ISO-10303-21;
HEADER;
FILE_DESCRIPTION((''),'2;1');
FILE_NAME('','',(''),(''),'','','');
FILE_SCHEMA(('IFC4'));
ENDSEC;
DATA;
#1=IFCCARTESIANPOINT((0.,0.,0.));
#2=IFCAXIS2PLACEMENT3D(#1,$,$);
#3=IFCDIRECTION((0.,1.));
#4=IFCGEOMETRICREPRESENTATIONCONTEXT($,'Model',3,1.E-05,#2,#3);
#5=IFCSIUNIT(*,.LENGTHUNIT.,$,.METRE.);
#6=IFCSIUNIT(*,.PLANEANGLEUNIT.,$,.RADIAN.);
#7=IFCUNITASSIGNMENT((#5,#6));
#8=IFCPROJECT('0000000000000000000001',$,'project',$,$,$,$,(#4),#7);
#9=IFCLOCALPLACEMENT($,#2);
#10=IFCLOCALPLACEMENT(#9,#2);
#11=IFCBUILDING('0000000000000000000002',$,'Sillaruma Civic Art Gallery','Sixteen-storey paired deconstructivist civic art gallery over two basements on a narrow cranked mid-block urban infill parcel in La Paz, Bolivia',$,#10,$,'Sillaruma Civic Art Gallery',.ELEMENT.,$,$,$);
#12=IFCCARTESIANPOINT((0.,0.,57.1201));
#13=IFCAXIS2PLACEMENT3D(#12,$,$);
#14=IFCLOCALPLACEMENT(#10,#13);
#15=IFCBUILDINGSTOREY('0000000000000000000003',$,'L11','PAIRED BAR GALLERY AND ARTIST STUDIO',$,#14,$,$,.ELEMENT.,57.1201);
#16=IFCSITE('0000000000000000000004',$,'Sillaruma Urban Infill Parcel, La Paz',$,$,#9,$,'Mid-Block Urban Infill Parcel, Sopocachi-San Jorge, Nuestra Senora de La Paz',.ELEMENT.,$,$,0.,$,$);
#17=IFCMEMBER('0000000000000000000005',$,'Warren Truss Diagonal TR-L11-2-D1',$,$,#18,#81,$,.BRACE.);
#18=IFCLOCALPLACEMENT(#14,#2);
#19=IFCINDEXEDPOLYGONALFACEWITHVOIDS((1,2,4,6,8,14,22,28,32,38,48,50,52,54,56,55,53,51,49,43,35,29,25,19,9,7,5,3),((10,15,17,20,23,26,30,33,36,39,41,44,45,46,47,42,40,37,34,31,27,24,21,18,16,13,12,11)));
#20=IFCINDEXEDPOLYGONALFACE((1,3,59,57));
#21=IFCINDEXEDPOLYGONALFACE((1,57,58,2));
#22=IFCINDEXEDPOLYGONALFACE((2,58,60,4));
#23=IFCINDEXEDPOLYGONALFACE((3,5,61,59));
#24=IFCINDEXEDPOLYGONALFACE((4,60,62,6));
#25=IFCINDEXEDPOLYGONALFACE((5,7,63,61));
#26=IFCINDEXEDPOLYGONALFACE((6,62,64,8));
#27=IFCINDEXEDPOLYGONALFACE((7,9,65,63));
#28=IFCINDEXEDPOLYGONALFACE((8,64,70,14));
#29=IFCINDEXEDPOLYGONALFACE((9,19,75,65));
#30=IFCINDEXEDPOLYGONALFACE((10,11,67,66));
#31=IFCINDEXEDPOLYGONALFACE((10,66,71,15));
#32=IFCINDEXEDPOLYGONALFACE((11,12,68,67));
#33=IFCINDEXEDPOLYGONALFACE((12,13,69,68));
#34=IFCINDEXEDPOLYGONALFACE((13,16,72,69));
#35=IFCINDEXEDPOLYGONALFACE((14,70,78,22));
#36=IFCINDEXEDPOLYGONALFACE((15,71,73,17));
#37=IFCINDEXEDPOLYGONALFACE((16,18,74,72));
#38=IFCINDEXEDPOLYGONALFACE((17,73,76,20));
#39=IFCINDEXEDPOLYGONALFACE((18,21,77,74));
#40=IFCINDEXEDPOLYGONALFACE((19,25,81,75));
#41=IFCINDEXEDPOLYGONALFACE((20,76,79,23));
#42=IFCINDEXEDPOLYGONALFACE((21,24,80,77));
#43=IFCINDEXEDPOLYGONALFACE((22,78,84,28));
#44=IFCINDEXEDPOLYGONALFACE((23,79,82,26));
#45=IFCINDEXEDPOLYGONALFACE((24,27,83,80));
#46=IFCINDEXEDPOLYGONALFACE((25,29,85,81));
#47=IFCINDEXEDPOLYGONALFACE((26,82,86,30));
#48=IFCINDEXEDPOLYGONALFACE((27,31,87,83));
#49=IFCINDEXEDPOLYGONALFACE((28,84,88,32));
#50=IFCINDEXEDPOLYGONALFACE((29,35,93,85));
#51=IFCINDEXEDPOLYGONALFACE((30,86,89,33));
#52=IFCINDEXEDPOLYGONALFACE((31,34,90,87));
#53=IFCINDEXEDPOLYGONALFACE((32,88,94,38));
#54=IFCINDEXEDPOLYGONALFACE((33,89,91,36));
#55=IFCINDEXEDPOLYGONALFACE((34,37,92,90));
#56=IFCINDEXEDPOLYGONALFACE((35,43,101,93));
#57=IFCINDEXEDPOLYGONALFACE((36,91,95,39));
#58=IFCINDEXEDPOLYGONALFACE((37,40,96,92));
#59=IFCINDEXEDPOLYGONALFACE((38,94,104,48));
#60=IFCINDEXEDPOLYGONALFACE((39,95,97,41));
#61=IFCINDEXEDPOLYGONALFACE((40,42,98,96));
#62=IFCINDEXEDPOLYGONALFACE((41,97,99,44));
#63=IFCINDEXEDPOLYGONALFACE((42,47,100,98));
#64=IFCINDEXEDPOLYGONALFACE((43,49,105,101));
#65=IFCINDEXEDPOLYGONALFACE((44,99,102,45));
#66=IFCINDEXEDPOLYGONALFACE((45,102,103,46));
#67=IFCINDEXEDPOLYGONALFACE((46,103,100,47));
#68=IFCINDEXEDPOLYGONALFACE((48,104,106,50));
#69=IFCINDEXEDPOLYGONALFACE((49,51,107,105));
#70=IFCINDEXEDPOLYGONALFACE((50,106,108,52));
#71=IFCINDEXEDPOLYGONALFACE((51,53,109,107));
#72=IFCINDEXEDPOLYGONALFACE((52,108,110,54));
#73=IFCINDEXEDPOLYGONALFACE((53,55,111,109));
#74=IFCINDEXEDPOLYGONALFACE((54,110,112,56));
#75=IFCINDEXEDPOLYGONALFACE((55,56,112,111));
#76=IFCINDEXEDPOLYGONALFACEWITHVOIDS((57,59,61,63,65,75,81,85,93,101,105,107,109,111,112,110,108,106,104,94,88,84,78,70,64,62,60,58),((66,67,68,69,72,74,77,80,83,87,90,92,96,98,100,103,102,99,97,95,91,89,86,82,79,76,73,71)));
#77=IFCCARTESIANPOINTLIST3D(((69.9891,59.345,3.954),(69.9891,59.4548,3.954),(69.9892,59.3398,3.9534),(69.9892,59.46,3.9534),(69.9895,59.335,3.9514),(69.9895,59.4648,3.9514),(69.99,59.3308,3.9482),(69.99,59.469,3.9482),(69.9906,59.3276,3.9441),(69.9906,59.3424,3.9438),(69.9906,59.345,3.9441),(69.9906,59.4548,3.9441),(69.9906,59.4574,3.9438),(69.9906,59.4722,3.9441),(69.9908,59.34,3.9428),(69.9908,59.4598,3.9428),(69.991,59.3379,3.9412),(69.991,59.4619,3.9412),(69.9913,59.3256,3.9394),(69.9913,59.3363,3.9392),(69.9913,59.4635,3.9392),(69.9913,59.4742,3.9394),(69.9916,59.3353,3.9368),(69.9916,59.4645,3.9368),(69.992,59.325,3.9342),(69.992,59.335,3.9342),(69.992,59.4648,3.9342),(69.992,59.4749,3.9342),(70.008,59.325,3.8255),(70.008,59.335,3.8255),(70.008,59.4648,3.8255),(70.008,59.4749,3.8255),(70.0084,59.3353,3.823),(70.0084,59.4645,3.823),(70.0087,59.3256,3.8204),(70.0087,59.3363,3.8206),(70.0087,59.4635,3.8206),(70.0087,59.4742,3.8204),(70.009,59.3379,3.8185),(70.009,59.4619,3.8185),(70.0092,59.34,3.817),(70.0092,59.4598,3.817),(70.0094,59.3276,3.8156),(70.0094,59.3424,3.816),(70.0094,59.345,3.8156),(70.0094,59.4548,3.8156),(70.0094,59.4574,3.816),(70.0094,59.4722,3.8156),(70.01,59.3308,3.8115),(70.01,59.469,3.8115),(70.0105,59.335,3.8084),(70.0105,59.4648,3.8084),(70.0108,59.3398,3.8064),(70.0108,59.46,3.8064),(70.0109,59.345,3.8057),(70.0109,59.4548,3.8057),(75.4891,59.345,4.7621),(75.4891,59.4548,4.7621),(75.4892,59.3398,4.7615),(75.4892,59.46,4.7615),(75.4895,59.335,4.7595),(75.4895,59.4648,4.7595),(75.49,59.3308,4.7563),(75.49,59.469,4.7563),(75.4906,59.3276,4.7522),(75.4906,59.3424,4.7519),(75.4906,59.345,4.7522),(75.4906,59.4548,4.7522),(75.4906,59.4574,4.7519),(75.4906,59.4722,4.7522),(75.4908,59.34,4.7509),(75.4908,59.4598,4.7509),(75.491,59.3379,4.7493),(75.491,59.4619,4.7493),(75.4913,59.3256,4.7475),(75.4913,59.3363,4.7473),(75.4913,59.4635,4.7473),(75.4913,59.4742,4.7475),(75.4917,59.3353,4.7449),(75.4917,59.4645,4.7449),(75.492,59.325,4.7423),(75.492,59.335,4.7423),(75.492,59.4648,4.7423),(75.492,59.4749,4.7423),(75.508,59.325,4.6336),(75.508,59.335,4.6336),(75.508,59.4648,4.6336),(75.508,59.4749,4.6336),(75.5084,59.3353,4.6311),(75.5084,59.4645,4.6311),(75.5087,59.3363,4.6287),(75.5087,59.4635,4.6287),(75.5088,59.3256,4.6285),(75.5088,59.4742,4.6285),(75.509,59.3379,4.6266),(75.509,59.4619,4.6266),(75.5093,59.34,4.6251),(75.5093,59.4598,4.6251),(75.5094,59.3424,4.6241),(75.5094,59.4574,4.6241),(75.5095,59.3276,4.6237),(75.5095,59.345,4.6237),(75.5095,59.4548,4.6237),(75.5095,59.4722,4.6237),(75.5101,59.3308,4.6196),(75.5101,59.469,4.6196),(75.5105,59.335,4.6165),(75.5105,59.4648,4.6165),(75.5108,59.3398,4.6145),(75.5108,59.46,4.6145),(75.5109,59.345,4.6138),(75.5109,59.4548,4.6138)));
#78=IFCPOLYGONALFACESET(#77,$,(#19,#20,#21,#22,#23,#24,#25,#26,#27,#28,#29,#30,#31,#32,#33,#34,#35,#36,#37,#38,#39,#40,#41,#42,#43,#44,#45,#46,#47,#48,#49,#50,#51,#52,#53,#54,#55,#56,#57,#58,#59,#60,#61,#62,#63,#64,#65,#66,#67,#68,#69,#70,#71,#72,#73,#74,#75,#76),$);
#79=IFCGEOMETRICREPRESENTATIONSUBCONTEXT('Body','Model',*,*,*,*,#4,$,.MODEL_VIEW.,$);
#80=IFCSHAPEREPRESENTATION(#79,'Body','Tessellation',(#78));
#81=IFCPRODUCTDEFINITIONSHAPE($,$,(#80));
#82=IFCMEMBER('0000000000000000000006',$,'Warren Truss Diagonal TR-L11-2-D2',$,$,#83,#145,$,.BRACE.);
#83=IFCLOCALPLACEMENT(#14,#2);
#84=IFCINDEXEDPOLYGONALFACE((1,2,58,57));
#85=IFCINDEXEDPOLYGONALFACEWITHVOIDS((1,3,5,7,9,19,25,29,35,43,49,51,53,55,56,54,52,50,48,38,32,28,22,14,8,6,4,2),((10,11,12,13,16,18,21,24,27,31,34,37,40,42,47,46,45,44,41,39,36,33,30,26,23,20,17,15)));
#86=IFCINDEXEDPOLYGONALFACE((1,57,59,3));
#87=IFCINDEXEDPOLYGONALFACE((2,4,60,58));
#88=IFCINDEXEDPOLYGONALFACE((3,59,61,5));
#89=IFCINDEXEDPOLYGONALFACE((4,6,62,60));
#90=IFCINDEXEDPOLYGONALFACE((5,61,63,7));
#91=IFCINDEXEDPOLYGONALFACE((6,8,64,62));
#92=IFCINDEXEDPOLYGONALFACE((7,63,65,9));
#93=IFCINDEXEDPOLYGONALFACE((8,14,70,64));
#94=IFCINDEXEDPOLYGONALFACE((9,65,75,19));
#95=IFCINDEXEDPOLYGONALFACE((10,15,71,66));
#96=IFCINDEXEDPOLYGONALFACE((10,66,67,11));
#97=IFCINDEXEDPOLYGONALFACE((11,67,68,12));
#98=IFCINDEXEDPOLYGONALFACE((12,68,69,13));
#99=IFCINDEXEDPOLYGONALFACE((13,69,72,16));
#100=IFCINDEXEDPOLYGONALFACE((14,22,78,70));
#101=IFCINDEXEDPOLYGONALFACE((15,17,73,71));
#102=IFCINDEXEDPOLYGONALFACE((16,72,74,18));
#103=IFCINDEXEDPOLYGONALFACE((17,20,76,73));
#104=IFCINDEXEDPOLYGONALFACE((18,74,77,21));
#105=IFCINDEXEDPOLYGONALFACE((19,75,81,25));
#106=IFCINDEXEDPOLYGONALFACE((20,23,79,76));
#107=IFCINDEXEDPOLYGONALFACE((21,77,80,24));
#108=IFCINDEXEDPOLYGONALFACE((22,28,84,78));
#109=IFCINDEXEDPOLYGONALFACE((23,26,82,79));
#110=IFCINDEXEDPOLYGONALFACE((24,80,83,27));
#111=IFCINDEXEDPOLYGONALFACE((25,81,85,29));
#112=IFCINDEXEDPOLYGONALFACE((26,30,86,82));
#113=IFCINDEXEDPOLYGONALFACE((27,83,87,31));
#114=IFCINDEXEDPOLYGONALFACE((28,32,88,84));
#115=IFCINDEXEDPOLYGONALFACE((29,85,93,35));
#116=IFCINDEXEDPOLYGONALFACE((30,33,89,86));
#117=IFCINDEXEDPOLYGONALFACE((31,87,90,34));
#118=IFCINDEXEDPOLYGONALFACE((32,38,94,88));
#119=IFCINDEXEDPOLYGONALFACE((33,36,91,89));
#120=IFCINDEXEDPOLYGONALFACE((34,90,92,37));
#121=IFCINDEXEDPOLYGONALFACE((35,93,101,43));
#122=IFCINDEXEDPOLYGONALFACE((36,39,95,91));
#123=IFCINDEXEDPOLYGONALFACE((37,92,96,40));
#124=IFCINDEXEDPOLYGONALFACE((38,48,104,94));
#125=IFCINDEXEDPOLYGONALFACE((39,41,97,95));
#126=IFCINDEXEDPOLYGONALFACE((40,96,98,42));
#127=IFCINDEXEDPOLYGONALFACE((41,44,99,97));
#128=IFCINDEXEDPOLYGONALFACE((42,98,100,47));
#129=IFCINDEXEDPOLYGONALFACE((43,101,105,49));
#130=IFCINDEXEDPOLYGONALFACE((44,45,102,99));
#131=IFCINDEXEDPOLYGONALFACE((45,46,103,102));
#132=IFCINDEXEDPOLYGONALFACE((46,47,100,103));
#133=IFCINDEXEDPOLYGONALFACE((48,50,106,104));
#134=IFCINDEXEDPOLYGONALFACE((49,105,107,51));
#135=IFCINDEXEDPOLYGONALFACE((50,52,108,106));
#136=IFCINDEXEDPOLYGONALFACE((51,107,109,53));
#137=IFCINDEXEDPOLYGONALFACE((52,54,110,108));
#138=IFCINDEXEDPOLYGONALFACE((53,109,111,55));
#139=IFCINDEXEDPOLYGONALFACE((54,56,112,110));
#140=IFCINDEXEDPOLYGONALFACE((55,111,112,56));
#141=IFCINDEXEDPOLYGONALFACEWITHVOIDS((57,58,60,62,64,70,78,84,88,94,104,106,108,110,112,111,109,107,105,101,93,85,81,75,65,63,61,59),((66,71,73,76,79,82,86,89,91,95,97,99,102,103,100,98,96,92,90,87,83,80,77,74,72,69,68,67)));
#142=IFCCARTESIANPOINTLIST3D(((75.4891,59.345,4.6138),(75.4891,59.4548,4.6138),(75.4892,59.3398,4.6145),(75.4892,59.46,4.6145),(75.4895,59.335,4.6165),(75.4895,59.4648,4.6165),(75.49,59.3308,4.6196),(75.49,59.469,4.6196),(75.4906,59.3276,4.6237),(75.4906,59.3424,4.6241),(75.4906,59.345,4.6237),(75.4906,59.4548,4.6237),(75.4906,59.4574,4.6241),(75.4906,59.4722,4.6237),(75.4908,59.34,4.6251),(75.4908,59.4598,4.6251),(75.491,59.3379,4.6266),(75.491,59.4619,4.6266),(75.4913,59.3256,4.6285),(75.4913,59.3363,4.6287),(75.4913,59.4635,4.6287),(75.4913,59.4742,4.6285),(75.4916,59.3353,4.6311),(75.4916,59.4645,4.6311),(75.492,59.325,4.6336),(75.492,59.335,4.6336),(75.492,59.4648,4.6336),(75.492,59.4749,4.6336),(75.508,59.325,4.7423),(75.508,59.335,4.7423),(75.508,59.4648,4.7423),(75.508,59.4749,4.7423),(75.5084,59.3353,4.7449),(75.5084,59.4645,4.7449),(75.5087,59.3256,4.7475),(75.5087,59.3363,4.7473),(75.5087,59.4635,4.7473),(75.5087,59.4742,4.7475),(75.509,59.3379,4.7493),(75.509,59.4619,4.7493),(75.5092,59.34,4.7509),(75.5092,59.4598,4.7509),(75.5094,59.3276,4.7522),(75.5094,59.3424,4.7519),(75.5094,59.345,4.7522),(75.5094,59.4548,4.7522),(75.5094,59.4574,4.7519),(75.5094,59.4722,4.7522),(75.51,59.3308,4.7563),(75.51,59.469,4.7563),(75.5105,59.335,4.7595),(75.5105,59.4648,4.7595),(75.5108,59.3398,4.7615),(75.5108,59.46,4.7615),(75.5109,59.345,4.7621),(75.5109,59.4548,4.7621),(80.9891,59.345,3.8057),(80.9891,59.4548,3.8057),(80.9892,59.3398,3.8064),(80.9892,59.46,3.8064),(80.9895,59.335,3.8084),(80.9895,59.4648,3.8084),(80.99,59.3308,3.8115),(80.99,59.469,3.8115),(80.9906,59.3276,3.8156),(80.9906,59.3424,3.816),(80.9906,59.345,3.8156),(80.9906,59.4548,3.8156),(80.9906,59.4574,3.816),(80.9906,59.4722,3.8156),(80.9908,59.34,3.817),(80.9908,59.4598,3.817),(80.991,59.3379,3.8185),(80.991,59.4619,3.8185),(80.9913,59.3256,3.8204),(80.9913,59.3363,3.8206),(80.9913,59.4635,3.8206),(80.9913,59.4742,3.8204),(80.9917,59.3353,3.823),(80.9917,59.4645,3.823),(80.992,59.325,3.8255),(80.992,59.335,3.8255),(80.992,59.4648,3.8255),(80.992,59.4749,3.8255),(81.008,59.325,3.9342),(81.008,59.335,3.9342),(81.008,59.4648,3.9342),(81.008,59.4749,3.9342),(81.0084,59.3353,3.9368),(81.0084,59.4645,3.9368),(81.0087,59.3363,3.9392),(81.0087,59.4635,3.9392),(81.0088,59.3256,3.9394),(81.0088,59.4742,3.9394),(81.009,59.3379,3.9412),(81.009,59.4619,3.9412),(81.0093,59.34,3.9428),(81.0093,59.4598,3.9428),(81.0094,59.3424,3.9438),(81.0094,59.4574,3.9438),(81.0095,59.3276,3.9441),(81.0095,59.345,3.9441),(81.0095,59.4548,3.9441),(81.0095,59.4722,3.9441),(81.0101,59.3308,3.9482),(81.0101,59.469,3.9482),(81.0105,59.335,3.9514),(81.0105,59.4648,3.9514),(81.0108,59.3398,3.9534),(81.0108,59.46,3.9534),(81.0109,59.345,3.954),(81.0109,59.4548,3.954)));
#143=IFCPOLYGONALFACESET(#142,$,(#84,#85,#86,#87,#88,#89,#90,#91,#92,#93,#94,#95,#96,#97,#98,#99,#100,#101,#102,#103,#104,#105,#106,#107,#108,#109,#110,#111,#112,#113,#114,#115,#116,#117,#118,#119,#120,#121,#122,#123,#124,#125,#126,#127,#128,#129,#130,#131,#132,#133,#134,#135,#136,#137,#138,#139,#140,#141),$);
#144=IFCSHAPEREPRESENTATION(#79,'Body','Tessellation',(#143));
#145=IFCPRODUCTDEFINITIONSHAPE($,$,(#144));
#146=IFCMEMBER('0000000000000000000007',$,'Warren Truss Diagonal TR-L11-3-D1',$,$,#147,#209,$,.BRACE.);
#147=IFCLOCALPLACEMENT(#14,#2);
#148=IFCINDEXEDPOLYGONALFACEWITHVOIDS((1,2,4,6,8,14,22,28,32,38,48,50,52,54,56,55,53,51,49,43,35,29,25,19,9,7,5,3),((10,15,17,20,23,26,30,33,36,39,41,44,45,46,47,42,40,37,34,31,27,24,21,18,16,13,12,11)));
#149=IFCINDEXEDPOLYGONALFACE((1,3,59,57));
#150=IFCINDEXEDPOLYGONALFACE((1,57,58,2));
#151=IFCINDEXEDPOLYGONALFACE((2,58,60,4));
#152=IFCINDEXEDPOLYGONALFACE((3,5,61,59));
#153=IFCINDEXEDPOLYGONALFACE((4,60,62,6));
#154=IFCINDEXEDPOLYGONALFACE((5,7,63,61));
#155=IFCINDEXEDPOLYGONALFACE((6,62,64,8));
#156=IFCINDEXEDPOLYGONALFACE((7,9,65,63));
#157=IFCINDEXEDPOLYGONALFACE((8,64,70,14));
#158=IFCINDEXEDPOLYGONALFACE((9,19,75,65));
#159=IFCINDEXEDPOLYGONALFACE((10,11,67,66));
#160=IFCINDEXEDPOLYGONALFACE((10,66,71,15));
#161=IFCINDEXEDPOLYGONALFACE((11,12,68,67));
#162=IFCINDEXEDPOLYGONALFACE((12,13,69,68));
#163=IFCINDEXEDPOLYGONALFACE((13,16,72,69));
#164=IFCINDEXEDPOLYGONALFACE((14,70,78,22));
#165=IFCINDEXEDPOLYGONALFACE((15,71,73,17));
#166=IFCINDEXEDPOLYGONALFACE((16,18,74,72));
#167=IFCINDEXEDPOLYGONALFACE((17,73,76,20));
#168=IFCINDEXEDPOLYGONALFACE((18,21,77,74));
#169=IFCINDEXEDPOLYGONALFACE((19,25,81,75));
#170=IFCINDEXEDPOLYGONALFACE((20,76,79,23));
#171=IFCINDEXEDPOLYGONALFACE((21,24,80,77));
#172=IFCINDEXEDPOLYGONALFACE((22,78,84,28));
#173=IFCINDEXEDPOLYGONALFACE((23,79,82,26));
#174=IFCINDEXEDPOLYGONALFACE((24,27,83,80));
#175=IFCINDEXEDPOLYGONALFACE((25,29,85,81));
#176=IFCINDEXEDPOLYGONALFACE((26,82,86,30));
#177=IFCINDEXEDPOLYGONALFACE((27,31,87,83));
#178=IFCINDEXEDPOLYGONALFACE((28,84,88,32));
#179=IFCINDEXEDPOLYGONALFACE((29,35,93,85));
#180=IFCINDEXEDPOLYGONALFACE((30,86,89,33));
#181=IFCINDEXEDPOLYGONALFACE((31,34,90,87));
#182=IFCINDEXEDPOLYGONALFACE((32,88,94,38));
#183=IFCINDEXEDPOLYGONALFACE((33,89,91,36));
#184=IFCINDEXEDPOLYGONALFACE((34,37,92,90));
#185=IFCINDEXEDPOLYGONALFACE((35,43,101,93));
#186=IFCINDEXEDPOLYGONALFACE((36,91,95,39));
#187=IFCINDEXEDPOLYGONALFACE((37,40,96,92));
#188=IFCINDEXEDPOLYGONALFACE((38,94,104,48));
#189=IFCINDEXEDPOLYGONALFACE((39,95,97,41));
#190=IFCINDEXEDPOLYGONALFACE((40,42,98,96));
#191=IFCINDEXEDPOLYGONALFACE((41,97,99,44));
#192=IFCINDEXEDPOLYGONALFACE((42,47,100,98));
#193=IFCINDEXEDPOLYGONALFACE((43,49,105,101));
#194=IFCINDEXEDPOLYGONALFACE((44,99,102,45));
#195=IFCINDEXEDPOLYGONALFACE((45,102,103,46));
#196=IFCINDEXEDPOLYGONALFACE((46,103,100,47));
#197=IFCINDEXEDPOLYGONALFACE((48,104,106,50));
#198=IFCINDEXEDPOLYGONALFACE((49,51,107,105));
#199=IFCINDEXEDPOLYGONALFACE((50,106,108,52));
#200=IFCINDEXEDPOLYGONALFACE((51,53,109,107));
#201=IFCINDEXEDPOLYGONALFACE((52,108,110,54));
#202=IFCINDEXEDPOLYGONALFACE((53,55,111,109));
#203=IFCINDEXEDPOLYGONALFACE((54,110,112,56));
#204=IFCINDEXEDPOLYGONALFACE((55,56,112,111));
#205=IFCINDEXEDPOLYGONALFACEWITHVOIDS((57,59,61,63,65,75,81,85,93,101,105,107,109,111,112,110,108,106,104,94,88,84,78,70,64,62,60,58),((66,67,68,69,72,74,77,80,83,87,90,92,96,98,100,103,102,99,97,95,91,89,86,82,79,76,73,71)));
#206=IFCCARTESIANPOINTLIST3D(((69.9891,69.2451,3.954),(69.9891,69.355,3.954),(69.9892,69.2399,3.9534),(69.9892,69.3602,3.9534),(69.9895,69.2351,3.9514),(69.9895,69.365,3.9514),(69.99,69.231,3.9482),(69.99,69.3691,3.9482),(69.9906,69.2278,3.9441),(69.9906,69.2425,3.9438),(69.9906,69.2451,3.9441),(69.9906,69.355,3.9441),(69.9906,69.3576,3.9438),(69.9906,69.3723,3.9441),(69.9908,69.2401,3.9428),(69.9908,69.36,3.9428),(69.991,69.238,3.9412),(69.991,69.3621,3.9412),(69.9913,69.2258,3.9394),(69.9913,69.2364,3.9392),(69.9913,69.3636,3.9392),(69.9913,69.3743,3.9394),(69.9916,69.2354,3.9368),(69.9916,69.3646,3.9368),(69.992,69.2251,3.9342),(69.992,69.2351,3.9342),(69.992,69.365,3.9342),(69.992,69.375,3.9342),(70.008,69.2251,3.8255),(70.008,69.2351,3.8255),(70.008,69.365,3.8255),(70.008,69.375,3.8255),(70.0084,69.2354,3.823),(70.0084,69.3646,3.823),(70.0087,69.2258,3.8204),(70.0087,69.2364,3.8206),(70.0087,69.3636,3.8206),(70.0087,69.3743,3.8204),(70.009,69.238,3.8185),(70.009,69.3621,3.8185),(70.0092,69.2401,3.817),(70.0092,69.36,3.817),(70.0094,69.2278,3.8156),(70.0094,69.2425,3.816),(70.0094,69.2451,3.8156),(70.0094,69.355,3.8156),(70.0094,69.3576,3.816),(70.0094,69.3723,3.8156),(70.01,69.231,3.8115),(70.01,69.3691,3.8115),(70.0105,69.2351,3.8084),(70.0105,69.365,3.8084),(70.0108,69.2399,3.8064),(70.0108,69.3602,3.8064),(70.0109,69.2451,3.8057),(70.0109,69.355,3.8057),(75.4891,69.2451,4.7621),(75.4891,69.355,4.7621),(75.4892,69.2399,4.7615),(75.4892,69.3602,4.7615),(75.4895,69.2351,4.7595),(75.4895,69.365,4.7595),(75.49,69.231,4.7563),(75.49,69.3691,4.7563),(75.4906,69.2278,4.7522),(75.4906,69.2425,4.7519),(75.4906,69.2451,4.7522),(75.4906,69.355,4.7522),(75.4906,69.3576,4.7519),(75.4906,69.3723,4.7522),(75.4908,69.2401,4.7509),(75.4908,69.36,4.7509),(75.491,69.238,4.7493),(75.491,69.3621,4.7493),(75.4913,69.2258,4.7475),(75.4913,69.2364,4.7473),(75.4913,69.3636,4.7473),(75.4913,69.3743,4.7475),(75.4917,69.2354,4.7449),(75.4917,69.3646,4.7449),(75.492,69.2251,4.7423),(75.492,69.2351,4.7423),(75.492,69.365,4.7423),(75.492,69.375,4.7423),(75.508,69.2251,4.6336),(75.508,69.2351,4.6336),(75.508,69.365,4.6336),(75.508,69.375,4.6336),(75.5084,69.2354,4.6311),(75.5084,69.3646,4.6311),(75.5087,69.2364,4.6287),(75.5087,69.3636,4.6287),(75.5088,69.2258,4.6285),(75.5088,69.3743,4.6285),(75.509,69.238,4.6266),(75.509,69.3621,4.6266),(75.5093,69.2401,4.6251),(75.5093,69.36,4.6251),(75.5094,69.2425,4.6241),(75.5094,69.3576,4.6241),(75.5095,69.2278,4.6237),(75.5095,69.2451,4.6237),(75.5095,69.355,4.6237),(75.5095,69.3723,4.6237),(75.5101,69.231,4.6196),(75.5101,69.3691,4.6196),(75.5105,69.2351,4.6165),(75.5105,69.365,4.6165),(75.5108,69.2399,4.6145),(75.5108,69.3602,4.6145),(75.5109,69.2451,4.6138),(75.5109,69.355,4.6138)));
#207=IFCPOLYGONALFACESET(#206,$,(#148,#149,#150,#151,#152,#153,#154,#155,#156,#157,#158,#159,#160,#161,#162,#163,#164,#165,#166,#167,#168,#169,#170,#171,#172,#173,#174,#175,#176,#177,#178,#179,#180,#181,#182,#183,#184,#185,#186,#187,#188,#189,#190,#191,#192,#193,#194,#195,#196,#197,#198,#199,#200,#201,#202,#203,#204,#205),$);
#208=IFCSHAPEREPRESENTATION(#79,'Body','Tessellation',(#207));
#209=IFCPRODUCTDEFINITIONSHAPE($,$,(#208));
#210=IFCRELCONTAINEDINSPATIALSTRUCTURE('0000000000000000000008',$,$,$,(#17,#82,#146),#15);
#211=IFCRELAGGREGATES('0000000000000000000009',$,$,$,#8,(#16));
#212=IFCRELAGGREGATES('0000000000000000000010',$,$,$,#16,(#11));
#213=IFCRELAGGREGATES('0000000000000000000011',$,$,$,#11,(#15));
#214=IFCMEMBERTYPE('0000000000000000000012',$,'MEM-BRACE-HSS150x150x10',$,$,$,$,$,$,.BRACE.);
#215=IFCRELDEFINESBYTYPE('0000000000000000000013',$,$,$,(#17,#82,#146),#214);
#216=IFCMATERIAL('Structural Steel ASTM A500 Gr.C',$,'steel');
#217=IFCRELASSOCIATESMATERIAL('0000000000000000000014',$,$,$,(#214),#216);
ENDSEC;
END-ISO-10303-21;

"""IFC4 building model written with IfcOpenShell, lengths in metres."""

from ifc_helpers import new_model, si_unit, direction, frame, origin, origin_2d, place, context, subcontext, project, spatial, hollow_rectangle, extrude, material, material_profile, profile_set, type_object, element, save


model = new_model("IFC4")

# Units and contexts
model_context = context("Model", 3, precision=1e-05, world=origin(), true_north=direction((0.0, 1.0)))
body_context = subcontext(model_context, "Body", "Model", "MODEL_VIEW")
ifc_project = project(units=[si_unit("LENGTHUNIT", "METRE"), si_unit("PLANEANGLEUNIT", "RADIAN")], contexts=[model_context])

# Site, building, storey
site_placement = place(None, origin())
site = spatial("IfcSite", under=ifc_project, at=site_placement, Name="Sillaruma Urban Infill Parcel, La Paz", LongName="Mid-Block Urban Infill Parcel, Sopocachi-San Jorge, Nuestra Senora de La Paz", CompositionType="ELEMENT", RefElevation=0.0)
building_placement = place(site_placement, origin())
building = spatial("IfcBuilding", under=site, at=building_placement, Name="Sillaruma Civic Art Gallery", Description="Sixteen-storey paired deconstructivist civic art gallery over two basements on a narrow cranked mid-block urban infill parcel in La Paz, Bolivia", LongName="Sillaruma Civic Art Gallery", CompositionType="ELEMENT")
storey_placement = place(building_placement, frame((0.0, 0.0, 57.1201)))
storey = spatial("IfcBuildingStorey", under=building, at=storey_placement, Name="L11", Description="PAIRED BAR GALLERY AND ARTIST STUDIO", CompositionType="ELEMENT", Elevation=57.1201)

# Members
ifc_material_1 = material(Name="Structural Steel ASTM A500 Gr.C", Category="steel")
ifc_material_profile_1 = material_profile(ifc_material_1, hollow_rectangle(XDim=0.1499, YDim=0.1499, WallThickness=0.01, InnerFilletRadius=0.01, OuterFilletRadius=0.02, at=origin_2d()), Name="HSS150x150x10")
ifc_profile_set_1 = profile_set([ifc_material_profile_1], Name="Structural Steel ASTM A500 Gr.C")
member_type_1 = type_object("IfcMemberType", Name="MEM-BRACE-HSS150x150x10", PredefinedType="BRACE", material=ifc_profile_set_1)
for number, where, z_axis, x_axis, name in (
    (1, (70.0, 59.3999, 3.8799), (0.989378, 0.0, 0.145368), (0.0, 1.0, 0.0), "Warren Truss Diagonal TR-L11-2-D1"),
    (2, (75.5, 59.3999, 4.688), (0.989378, 0.0, -0.145368), (0.0, 1.0, 0.0), "Warren Truss Diagonal TR-L11-2-D2"),
    (3, (70.0, 69.3, 3.8799), (0.989378, 0.0, 0.145368), (0.0, 1.0, 0.0), "Warren Truss Diagonal TR-L11-3-D1"),
):
    element("IfcMember", number, at=place(storey_placement, frame(where, z_axis=z_axis, x_axis=x_axis)), inside=storey, type_object=member_type_1, Name=name, PredefinedType="BRACE", context=body_context, shape_type="SweptSolid", body=[
        extrude(hollow_rectangle(XDim=0.1499, YDim=0.1499, WallThickness=0.01, InnerFilletRadius=0.01, OuterFilletRadius=0.02, at=origin_2d()), origin(), (0.0, 0.0, 1.0), 5.5591),
    ])

save(model, "model.ifc")
